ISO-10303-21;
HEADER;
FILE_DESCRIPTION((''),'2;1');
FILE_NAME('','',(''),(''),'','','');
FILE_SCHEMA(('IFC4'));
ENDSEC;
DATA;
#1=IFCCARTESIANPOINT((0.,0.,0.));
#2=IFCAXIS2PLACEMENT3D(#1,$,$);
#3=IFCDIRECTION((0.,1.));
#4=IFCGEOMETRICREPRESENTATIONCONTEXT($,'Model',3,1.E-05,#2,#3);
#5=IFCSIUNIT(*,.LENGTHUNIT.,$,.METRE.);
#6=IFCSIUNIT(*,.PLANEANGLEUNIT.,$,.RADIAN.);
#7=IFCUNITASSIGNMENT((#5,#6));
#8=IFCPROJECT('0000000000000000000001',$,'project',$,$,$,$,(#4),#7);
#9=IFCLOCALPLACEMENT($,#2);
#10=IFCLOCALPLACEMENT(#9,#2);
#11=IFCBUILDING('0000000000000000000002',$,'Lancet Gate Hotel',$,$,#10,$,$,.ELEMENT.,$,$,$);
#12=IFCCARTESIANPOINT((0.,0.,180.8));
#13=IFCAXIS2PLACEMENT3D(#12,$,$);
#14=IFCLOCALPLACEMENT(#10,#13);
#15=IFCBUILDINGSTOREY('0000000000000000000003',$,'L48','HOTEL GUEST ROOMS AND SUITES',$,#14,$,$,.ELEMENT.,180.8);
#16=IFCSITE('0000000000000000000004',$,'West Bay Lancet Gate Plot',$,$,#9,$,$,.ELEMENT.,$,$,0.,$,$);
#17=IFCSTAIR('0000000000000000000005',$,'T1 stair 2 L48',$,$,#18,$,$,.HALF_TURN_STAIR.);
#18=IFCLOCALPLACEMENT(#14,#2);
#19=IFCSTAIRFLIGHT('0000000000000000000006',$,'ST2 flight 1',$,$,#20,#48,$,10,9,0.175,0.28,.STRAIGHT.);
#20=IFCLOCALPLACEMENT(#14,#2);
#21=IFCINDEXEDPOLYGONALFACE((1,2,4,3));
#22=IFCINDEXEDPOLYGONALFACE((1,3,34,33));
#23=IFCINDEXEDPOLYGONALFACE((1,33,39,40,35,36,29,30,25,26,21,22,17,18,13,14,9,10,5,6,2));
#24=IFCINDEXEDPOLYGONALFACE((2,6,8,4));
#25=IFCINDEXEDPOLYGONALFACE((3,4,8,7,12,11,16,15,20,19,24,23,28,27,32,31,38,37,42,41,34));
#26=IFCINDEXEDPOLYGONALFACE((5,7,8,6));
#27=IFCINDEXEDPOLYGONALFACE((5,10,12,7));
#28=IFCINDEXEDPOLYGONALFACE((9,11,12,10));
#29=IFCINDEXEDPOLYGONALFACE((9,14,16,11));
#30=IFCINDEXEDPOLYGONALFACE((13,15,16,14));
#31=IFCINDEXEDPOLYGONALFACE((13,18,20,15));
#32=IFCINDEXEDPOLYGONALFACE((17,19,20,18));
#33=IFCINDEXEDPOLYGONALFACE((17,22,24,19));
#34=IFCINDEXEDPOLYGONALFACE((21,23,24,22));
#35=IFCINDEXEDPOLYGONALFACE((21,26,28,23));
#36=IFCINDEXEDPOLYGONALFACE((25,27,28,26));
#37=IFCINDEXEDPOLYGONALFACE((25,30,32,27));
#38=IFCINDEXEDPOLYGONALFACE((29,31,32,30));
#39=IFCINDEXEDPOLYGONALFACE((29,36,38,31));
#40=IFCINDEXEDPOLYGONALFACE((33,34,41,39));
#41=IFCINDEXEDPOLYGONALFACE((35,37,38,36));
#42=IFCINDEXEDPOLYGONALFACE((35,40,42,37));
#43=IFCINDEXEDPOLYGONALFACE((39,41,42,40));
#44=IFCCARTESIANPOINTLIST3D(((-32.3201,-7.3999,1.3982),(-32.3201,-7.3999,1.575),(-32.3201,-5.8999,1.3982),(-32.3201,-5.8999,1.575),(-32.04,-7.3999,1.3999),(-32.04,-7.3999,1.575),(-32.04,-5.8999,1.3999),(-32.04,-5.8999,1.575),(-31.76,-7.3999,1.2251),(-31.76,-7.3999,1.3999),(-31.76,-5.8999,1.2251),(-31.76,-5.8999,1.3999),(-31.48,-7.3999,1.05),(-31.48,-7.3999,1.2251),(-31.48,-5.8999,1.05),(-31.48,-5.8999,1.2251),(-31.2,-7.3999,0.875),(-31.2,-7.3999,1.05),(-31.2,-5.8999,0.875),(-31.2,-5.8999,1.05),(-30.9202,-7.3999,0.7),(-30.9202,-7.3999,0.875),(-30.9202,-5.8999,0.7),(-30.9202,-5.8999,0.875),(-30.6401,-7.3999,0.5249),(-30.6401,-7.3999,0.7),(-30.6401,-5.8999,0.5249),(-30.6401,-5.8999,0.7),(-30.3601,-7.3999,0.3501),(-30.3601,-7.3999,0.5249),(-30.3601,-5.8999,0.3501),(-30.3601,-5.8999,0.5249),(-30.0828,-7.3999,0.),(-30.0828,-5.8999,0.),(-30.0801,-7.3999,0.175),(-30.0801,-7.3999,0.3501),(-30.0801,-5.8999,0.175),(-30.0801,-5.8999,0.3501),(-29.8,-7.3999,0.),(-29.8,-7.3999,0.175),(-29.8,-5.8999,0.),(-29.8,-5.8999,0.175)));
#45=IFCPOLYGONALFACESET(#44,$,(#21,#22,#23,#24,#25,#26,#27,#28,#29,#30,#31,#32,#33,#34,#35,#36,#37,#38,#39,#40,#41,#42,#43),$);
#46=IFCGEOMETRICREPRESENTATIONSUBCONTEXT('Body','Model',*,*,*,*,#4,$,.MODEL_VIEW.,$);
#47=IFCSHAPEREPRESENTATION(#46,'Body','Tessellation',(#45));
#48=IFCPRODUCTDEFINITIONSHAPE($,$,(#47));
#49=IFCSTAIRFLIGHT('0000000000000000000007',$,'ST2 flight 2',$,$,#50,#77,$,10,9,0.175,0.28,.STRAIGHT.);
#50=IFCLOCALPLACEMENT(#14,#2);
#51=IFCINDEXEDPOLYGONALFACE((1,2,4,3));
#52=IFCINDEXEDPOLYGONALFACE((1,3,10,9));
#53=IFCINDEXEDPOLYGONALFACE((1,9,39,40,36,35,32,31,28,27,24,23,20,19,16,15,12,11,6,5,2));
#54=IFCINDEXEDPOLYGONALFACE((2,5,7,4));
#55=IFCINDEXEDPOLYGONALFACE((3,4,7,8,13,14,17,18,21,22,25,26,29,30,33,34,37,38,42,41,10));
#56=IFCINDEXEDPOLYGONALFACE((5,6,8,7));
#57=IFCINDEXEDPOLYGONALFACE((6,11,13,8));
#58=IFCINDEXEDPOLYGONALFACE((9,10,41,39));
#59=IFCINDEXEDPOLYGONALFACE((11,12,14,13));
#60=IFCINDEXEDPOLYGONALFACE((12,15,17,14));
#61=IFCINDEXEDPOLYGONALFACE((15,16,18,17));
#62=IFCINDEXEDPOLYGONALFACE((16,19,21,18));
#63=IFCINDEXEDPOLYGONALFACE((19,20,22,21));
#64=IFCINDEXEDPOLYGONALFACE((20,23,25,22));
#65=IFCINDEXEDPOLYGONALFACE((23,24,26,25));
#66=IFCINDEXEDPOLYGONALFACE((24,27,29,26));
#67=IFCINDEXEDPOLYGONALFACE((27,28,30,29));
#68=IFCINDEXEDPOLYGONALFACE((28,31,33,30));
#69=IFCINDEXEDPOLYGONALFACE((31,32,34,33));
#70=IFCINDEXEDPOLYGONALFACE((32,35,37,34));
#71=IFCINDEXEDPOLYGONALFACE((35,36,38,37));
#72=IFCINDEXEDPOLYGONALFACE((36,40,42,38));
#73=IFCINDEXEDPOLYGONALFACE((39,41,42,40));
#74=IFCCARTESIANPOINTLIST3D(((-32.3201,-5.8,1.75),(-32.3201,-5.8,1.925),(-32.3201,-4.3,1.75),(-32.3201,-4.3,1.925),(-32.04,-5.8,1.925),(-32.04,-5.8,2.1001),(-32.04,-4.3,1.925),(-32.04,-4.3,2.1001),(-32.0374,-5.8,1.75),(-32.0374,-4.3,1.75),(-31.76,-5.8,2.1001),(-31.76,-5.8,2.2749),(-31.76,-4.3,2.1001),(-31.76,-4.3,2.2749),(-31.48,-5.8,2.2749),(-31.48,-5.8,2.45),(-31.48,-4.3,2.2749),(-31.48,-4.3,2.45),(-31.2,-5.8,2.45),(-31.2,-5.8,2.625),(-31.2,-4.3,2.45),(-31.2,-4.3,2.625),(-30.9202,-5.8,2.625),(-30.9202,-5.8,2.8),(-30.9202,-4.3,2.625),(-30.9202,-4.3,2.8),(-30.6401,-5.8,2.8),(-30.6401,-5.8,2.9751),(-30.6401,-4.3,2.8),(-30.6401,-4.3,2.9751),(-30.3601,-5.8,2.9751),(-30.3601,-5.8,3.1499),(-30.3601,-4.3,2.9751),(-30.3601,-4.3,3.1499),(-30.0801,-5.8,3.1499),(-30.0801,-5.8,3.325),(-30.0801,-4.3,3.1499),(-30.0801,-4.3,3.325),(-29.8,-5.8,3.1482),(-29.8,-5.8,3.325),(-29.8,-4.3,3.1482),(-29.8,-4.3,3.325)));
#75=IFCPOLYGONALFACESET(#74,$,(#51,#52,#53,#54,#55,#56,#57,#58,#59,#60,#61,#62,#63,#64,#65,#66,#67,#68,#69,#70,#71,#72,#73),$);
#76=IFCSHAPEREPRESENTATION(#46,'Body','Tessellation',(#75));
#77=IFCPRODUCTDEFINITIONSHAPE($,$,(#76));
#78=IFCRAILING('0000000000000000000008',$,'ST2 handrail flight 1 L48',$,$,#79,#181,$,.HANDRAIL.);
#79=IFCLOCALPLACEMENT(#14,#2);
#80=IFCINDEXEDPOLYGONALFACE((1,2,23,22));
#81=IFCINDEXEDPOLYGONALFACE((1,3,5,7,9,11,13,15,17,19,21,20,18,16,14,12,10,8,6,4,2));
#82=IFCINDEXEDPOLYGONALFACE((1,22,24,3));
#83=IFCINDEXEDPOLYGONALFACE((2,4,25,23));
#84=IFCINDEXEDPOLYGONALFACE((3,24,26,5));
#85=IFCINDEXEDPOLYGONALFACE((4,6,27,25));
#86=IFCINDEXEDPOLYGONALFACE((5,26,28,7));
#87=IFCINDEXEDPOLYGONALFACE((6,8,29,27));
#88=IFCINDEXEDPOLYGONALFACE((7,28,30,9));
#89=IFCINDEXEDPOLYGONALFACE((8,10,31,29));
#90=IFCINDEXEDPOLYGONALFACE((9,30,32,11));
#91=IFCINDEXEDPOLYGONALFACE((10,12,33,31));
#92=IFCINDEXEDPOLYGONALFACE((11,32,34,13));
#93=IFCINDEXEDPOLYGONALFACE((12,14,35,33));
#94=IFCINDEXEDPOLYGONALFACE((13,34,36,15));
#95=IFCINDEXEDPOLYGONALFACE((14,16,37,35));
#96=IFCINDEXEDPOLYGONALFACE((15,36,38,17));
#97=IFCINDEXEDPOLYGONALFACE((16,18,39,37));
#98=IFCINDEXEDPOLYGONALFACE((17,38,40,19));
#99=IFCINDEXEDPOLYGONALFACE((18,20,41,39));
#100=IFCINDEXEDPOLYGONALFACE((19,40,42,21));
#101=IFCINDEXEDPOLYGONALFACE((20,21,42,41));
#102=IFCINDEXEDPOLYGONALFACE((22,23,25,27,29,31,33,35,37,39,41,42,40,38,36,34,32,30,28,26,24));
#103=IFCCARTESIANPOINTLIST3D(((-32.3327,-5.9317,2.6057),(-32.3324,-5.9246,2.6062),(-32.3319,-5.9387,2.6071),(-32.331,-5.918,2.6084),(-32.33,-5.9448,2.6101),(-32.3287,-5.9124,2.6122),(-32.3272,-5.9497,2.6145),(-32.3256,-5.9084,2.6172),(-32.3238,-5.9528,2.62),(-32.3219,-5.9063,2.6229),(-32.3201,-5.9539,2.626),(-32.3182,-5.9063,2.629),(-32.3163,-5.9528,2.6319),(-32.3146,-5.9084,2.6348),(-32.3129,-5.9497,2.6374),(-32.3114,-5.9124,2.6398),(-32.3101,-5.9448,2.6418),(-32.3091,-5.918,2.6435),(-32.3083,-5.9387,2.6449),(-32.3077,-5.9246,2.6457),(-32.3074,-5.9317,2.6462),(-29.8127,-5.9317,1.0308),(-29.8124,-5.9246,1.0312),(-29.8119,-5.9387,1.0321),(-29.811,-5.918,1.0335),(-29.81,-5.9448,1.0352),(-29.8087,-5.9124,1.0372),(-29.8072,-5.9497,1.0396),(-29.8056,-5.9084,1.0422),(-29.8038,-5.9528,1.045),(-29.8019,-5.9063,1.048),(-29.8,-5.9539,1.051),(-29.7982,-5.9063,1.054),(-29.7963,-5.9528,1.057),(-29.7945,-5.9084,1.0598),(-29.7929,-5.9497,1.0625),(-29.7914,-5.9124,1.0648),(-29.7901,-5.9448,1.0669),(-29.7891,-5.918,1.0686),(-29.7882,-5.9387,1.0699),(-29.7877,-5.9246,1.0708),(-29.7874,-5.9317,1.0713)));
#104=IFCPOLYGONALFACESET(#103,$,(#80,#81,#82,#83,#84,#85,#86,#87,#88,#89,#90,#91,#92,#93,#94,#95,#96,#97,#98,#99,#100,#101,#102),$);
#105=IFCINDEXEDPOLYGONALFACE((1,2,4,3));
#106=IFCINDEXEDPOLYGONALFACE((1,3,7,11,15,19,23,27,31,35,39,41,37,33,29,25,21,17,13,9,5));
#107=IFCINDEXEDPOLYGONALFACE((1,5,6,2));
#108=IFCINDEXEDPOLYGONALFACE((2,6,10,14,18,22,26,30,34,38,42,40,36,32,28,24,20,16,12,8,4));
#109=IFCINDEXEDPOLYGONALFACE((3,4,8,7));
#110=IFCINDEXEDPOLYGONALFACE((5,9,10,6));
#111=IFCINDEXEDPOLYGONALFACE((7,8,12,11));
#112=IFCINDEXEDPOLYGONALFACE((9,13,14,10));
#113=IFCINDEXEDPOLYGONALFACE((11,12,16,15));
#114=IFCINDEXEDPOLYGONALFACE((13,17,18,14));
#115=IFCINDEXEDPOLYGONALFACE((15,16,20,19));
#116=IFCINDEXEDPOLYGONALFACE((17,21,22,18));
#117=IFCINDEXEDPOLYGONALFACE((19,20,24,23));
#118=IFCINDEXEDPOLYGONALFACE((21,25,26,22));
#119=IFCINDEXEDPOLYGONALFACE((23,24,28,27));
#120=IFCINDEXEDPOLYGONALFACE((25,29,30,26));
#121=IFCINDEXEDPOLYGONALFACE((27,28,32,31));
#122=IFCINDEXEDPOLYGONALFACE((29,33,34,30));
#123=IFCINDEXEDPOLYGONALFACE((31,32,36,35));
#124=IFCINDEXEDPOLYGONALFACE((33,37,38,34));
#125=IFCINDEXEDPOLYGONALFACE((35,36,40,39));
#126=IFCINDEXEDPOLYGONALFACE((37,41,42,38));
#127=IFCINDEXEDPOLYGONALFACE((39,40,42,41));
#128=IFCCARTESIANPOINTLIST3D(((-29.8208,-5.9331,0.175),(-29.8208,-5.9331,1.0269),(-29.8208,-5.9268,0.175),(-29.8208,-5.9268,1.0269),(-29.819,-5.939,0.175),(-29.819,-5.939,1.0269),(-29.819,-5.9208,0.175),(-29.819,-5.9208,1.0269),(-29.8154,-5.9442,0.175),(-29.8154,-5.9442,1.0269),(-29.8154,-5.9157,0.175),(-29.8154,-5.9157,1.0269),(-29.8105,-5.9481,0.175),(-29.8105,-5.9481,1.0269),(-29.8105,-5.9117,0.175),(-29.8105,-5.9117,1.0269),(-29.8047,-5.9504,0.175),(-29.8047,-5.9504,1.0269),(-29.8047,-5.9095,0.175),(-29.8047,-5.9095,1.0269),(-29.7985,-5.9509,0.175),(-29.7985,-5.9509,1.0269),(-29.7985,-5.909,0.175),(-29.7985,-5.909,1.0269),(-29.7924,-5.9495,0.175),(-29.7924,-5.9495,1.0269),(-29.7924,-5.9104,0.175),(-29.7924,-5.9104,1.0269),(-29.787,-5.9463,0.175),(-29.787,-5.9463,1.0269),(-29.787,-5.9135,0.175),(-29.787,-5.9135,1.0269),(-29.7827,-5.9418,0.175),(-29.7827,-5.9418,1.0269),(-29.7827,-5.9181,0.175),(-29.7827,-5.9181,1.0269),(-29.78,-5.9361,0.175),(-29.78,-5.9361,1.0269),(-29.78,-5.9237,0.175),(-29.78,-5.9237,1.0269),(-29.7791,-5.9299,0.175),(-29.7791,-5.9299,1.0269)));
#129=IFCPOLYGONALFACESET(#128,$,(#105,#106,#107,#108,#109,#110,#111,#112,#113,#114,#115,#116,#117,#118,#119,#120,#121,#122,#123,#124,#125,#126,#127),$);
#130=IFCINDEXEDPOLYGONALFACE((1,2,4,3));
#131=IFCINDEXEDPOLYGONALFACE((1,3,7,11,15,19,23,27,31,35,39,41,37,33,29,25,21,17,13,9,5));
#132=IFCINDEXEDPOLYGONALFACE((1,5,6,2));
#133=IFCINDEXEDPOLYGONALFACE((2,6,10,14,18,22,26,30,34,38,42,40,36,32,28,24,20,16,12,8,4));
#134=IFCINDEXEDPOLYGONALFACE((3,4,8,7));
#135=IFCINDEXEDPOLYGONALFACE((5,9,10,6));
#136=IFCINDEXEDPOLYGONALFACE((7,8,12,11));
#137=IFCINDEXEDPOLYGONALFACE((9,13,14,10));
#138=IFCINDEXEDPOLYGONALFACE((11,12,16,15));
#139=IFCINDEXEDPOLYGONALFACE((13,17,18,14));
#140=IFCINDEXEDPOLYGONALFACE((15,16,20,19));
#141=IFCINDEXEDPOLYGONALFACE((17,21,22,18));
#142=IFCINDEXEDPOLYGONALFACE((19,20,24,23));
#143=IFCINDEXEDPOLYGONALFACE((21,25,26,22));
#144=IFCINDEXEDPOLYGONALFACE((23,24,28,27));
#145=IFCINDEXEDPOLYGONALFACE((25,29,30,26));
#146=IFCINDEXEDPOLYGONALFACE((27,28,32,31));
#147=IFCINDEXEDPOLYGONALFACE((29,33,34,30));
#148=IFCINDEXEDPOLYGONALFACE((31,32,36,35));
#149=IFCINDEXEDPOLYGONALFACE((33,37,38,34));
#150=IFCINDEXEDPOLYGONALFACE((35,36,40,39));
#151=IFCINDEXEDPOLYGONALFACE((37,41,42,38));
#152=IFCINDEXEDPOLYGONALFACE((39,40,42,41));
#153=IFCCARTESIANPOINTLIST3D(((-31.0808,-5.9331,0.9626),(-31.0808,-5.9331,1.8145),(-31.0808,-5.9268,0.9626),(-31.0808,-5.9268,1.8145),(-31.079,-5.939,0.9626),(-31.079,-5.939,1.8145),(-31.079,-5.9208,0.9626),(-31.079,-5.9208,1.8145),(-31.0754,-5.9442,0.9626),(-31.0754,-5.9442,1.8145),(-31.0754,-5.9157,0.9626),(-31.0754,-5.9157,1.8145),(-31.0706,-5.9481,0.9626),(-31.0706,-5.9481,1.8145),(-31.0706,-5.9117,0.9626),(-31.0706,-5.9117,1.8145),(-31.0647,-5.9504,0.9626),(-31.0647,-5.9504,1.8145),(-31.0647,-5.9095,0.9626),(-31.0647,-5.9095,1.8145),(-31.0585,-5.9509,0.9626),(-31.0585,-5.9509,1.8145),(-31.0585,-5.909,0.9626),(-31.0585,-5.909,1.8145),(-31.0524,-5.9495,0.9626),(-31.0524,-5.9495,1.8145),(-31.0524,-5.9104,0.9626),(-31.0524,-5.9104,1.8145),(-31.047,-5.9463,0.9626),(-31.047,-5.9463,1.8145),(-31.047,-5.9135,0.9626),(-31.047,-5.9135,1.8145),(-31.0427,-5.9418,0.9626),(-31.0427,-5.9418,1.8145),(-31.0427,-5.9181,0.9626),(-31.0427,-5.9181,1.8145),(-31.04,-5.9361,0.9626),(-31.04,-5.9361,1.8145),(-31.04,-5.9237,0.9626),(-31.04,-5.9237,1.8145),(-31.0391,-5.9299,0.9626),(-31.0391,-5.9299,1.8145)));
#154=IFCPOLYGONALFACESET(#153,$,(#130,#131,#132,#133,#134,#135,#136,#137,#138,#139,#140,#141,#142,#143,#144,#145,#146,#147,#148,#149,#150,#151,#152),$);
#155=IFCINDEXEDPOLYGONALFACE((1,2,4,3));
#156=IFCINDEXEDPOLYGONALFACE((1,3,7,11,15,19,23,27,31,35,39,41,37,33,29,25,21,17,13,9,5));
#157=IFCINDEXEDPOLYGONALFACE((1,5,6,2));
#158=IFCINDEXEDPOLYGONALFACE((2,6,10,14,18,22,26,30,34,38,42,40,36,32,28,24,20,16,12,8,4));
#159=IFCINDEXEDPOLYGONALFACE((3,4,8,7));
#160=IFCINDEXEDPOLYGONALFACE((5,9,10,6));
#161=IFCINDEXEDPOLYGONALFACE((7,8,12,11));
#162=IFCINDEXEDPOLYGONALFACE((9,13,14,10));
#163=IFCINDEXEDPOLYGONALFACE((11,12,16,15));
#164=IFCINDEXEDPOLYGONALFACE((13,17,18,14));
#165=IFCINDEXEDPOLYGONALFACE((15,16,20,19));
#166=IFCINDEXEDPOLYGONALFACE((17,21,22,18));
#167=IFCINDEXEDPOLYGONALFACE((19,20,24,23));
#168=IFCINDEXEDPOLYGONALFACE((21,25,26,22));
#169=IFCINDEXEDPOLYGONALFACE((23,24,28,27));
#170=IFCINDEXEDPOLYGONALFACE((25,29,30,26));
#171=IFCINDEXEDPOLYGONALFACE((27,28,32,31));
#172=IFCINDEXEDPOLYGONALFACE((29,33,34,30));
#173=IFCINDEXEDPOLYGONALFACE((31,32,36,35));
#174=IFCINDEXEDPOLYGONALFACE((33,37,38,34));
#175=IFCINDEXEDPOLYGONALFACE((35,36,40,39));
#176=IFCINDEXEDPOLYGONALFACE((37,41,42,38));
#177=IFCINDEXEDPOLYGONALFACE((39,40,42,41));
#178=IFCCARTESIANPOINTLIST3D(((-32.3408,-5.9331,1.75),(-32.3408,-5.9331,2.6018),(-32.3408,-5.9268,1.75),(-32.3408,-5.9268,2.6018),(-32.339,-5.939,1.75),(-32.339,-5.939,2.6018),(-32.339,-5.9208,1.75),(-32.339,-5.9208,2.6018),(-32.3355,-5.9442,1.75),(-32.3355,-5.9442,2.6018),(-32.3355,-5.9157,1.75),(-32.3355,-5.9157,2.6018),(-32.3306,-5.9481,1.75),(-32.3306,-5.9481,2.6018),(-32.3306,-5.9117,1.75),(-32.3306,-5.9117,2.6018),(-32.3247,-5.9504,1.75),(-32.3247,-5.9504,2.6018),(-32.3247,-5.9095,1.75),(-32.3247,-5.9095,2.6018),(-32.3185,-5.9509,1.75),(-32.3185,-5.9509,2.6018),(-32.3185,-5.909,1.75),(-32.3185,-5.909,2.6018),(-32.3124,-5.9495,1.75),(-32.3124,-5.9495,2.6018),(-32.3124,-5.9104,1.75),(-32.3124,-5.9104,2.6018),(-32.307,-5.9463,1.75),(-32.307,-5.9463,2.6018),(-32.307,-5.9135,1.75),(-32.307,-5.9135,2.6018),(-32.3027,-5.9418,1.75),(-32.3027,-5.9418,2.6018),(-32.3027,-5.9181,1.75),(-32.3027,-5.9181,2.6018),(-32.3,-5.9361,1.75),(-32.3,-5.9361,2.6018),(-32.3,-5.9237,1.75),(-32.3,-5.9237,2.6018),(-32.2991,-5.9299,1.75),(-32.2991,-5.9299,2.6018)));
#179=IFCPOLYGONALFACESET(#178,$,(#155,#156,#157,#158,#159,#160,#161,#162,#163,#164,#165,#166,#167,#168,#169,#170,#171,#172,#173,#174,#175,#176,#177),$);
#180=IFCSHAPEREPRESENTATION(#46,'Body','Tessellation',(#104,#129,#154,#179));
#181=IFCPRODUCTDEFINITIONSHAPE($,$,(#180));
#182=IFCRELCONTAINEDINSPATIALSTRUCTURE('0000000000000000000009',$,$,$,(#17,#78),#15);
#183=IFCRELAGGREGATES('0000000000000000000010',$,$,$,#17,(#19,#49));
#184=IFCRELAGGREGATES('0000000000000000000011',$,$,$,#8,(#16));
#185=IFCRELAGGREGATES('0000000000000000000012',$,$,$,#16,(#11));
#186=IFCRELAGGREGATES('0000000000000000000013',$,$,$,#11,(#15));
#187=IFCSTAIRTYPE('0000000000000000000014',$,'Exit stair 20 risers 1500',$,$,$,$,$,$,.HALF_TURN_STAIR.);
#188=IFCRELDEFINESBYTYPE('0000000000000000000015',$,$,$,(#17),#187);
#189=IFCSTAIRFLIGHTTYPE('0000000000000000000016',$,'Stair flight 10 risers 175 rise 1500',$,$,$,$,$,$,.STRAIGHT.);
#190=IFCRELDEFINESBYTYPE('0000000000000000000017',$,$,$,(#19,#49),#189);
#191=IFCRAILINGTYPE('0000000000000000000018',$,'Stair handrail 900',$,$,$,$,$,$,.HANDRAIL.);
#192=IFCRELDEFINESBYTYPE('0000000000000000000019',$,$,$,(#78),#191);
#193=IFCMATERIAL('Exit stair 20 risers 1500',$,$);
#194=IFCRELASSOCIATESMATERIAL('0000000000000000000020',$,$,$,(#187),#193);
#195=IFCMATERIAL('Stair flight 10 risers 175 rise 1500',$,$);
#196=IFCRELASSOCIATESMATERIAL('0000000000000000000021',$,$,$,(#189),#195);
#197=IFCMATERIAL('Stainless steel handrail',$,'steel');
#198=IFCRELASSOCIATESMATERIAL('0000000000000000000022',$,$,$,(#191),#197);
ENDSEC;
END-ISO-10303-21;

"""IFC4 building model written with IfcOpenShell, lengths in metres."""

from ifc_helpers import new_model, si_unit, direction, frame, origin, origin_2d, place, context, subcontext, project, spatial, polyline, circle, outline, extrude, material, type_object, element, aggregate, save


model = new_model("IFC4")

# Units and contexts
model_context = context("Model", 3, precision=1e-05, world=origin(), true_north=direction((0.0, 1.0)))
body_context = subcontext(model_context, "Body", "Model", "MODEL_VIEW")
ifc_project = project(units=[si_unit("LENGTHUNIT", "METRE"), si_unit("PLANEANGLEUNIT", "RADIAN")], contexts=[model_context])

# Site, building, storey
site_placement = place(None, origin())
site = spatial("IfcSite", under=ifc_project, at=site_placement, Name="West Bay Lancet Gate Plot", CompositionType="ELEMENT", RefElevation=0.0)
building_placement = place(site_placement, origin())
building = spatial("IfcBuilding", under=site, at=building_placement, Name="Lancet Gate Hotel", CompositionType="ELEMENT")
storey_placement = place(building_placement, frame((0.0, 0.0, 180.8)))
storey = spatial("IfcBuildingStorey", under=building, at=storey_placement, Name="L48", Description="HOTEL GUEST ROOMS AND SUITES", CompositionType="ELEMENT", Elevation=180.8)

# Stair, stair flights
ifc_material_1 = material(Name="Exit stair 20 risers 1500")
stair_type = type_object("IfcStairType", Name="Exit stair 20 risers 1500", PredefinedType="HALF_TURN_STAIR", material=ifc_material_1)
stair_placement = place(storey_placement, origin())
stair = element("IfcStair", 1, at=stair_placement, inside=storey, type_object=stair_type, Name="T1 stair 2 L48", PredefinedType="HALF_TURN_STAIR")
ifc_material_2 = material(Name="Stair flight 10 risers 175 rise 1500")
stair_flight_type = type_object("IfcStairFlightType", Name="Stair flight 10 risers 175 rise 1500", PredefinedType="STRAIGHT", material=ifc_material_2)
stair_flight_1_placement = place(storey_placement, frame((-29.8, -6.6499, 0.0), z_axis=(0.0, 0.0, 1.0), x_axis=(-1.0, 0.0, 0.0)))
stair_flight_1 = element("IfcStairFlight", 2, at=stair_flight_1_placement, type_object=stair_flight_type, Name="ST2 flight 1", NumberOfRisers=10, NumberOfTreads=9, PredefinedType="STRAIGHT", RiserHeight=0.175, TreadLength=0.28, context=body_context, shape_type="SweptSolid", body=[
    extrude(outline(polyline([(0.0, 0.0), (0.0, 0.175), (0.28, 0.175), (0.28, 0.3501), (0.5601, 0.3501), (0.5601, 0.5249), (0.8401, 0.5249), (0.8401, 0.7), (1.1201, 0.7), (1.1201, 0.875), (1.3999, 0.875), (1.3999, 1.05), (1.6799, 1.05), (1.6799, 1.2251), (1.96, 1.2251), (1.96, 1.3999), (2.24, 1.3999), (2.24, 1.575), (2.52, 1.575), (2.52, 1.75), (2.52, 1.3982), (0.2827, 0.0), (0.0, 0.0)])), frame((0.0, 0.75, 0.0), z_axis=(0.0, -1.0, 0.0), x_axis=(1.0, 0.0, 0.0)), (0.0, 0.0, 1.0), 1.5),
])
stair_flight_2_placement = place(storey_placement, frame((-32.3201, -5.05, 1.75), z_axis=(0.0, 0.0, 1.0), x_axis=(1.0, 0.0, 0.0)))
stair_flight_2 = element("IfcStairFlight", 3, at=stair_flight_2_placement, type_object=stair_flight_type, Name="ST2 flight 2", NumberOfRisers=10, NumberOfTreads=9, PredefinedType="STRAIGHT", RiserHeight=0.175, TreadLength=0.28, context=body_context, shape_type="SweptSolid", body=[
    extrude(outline(polyline([(0.0, 0.0), (0.0, 0.175), (0.28, 0.175), (0.28, 0.3501), (0.5601, 0.3501), (0.5601, 0.5249), (0.8401, 0.5249), (0.8401, 0.7), (1.1201, 0.7), (1.1201, 0.875), (1.3999, 0.875), (1.3999, 1.05), (1.6799, 1.05), (1.6799, 1.2251), (1.96, 1.2251), (1.96, 1.3999), (2.24, 1.3999), (2.24, 1.575), (2.52, 1.575), (2.52, 1.75), (2.52, 1.3982), (0.2827, 0.0), (0.0, 0.0)])), frame((0.0, 0.75, 0.0), z_axis=(0.0, -1.0, 0.0), x_axis=(1.0, 0.0, 0.0)), (0.0, 0.0, 1.0), 1.5),
])
aggregate(stair, [stair_flight_1, stair_flight_2])

# Railing
ifc_material_3 = material(Name="Stainless steel handrail", Category="steel")
railing_type = type_object("IfcRailingType", Name="Stair handrail 900", PredefinedType="HANDRAIL", material=ifc_material_3)
railing_1_placement = place(storey_placement, frame((-29.8, -5.9299, 0.175)))
element("IfcRailing", 4, at=railing_1_placement, inside=storey, type_object=railing_type, Name="ST2 handrail flight 1 L48", PredefinedType="HANDRAIL", context=body_context, shape_type="SweptSolid", body=[
    extrude(circle(Radius=0.0239, at=origin_2d()), frame((0.0, 0.0, 0.876), z_axis=(-0.848008, 0.0, 0.529984), x_axis=(0.0, -1.0, 0.0)), (0.0, 0.0, 1.0), 2.9717),
    extrude(circle(Radius=0.021, at=origin_2d()), origin(), (0.0, 0.0, 1.0), 0.8518),
    extrude(circle(Radius=0.021, at=origin_2d()), frame((-1.26, 0.0, 0.7876)), (0.0, 0.0, 1.0), 0.8518),
    extrude(circle(Radius=0.021, at=origin_2d()), frame((-2.52, 0.0, 1.575)), (0.0, 0.0, 1.0), 0.8518),
])

save(model, "model.ifc")
